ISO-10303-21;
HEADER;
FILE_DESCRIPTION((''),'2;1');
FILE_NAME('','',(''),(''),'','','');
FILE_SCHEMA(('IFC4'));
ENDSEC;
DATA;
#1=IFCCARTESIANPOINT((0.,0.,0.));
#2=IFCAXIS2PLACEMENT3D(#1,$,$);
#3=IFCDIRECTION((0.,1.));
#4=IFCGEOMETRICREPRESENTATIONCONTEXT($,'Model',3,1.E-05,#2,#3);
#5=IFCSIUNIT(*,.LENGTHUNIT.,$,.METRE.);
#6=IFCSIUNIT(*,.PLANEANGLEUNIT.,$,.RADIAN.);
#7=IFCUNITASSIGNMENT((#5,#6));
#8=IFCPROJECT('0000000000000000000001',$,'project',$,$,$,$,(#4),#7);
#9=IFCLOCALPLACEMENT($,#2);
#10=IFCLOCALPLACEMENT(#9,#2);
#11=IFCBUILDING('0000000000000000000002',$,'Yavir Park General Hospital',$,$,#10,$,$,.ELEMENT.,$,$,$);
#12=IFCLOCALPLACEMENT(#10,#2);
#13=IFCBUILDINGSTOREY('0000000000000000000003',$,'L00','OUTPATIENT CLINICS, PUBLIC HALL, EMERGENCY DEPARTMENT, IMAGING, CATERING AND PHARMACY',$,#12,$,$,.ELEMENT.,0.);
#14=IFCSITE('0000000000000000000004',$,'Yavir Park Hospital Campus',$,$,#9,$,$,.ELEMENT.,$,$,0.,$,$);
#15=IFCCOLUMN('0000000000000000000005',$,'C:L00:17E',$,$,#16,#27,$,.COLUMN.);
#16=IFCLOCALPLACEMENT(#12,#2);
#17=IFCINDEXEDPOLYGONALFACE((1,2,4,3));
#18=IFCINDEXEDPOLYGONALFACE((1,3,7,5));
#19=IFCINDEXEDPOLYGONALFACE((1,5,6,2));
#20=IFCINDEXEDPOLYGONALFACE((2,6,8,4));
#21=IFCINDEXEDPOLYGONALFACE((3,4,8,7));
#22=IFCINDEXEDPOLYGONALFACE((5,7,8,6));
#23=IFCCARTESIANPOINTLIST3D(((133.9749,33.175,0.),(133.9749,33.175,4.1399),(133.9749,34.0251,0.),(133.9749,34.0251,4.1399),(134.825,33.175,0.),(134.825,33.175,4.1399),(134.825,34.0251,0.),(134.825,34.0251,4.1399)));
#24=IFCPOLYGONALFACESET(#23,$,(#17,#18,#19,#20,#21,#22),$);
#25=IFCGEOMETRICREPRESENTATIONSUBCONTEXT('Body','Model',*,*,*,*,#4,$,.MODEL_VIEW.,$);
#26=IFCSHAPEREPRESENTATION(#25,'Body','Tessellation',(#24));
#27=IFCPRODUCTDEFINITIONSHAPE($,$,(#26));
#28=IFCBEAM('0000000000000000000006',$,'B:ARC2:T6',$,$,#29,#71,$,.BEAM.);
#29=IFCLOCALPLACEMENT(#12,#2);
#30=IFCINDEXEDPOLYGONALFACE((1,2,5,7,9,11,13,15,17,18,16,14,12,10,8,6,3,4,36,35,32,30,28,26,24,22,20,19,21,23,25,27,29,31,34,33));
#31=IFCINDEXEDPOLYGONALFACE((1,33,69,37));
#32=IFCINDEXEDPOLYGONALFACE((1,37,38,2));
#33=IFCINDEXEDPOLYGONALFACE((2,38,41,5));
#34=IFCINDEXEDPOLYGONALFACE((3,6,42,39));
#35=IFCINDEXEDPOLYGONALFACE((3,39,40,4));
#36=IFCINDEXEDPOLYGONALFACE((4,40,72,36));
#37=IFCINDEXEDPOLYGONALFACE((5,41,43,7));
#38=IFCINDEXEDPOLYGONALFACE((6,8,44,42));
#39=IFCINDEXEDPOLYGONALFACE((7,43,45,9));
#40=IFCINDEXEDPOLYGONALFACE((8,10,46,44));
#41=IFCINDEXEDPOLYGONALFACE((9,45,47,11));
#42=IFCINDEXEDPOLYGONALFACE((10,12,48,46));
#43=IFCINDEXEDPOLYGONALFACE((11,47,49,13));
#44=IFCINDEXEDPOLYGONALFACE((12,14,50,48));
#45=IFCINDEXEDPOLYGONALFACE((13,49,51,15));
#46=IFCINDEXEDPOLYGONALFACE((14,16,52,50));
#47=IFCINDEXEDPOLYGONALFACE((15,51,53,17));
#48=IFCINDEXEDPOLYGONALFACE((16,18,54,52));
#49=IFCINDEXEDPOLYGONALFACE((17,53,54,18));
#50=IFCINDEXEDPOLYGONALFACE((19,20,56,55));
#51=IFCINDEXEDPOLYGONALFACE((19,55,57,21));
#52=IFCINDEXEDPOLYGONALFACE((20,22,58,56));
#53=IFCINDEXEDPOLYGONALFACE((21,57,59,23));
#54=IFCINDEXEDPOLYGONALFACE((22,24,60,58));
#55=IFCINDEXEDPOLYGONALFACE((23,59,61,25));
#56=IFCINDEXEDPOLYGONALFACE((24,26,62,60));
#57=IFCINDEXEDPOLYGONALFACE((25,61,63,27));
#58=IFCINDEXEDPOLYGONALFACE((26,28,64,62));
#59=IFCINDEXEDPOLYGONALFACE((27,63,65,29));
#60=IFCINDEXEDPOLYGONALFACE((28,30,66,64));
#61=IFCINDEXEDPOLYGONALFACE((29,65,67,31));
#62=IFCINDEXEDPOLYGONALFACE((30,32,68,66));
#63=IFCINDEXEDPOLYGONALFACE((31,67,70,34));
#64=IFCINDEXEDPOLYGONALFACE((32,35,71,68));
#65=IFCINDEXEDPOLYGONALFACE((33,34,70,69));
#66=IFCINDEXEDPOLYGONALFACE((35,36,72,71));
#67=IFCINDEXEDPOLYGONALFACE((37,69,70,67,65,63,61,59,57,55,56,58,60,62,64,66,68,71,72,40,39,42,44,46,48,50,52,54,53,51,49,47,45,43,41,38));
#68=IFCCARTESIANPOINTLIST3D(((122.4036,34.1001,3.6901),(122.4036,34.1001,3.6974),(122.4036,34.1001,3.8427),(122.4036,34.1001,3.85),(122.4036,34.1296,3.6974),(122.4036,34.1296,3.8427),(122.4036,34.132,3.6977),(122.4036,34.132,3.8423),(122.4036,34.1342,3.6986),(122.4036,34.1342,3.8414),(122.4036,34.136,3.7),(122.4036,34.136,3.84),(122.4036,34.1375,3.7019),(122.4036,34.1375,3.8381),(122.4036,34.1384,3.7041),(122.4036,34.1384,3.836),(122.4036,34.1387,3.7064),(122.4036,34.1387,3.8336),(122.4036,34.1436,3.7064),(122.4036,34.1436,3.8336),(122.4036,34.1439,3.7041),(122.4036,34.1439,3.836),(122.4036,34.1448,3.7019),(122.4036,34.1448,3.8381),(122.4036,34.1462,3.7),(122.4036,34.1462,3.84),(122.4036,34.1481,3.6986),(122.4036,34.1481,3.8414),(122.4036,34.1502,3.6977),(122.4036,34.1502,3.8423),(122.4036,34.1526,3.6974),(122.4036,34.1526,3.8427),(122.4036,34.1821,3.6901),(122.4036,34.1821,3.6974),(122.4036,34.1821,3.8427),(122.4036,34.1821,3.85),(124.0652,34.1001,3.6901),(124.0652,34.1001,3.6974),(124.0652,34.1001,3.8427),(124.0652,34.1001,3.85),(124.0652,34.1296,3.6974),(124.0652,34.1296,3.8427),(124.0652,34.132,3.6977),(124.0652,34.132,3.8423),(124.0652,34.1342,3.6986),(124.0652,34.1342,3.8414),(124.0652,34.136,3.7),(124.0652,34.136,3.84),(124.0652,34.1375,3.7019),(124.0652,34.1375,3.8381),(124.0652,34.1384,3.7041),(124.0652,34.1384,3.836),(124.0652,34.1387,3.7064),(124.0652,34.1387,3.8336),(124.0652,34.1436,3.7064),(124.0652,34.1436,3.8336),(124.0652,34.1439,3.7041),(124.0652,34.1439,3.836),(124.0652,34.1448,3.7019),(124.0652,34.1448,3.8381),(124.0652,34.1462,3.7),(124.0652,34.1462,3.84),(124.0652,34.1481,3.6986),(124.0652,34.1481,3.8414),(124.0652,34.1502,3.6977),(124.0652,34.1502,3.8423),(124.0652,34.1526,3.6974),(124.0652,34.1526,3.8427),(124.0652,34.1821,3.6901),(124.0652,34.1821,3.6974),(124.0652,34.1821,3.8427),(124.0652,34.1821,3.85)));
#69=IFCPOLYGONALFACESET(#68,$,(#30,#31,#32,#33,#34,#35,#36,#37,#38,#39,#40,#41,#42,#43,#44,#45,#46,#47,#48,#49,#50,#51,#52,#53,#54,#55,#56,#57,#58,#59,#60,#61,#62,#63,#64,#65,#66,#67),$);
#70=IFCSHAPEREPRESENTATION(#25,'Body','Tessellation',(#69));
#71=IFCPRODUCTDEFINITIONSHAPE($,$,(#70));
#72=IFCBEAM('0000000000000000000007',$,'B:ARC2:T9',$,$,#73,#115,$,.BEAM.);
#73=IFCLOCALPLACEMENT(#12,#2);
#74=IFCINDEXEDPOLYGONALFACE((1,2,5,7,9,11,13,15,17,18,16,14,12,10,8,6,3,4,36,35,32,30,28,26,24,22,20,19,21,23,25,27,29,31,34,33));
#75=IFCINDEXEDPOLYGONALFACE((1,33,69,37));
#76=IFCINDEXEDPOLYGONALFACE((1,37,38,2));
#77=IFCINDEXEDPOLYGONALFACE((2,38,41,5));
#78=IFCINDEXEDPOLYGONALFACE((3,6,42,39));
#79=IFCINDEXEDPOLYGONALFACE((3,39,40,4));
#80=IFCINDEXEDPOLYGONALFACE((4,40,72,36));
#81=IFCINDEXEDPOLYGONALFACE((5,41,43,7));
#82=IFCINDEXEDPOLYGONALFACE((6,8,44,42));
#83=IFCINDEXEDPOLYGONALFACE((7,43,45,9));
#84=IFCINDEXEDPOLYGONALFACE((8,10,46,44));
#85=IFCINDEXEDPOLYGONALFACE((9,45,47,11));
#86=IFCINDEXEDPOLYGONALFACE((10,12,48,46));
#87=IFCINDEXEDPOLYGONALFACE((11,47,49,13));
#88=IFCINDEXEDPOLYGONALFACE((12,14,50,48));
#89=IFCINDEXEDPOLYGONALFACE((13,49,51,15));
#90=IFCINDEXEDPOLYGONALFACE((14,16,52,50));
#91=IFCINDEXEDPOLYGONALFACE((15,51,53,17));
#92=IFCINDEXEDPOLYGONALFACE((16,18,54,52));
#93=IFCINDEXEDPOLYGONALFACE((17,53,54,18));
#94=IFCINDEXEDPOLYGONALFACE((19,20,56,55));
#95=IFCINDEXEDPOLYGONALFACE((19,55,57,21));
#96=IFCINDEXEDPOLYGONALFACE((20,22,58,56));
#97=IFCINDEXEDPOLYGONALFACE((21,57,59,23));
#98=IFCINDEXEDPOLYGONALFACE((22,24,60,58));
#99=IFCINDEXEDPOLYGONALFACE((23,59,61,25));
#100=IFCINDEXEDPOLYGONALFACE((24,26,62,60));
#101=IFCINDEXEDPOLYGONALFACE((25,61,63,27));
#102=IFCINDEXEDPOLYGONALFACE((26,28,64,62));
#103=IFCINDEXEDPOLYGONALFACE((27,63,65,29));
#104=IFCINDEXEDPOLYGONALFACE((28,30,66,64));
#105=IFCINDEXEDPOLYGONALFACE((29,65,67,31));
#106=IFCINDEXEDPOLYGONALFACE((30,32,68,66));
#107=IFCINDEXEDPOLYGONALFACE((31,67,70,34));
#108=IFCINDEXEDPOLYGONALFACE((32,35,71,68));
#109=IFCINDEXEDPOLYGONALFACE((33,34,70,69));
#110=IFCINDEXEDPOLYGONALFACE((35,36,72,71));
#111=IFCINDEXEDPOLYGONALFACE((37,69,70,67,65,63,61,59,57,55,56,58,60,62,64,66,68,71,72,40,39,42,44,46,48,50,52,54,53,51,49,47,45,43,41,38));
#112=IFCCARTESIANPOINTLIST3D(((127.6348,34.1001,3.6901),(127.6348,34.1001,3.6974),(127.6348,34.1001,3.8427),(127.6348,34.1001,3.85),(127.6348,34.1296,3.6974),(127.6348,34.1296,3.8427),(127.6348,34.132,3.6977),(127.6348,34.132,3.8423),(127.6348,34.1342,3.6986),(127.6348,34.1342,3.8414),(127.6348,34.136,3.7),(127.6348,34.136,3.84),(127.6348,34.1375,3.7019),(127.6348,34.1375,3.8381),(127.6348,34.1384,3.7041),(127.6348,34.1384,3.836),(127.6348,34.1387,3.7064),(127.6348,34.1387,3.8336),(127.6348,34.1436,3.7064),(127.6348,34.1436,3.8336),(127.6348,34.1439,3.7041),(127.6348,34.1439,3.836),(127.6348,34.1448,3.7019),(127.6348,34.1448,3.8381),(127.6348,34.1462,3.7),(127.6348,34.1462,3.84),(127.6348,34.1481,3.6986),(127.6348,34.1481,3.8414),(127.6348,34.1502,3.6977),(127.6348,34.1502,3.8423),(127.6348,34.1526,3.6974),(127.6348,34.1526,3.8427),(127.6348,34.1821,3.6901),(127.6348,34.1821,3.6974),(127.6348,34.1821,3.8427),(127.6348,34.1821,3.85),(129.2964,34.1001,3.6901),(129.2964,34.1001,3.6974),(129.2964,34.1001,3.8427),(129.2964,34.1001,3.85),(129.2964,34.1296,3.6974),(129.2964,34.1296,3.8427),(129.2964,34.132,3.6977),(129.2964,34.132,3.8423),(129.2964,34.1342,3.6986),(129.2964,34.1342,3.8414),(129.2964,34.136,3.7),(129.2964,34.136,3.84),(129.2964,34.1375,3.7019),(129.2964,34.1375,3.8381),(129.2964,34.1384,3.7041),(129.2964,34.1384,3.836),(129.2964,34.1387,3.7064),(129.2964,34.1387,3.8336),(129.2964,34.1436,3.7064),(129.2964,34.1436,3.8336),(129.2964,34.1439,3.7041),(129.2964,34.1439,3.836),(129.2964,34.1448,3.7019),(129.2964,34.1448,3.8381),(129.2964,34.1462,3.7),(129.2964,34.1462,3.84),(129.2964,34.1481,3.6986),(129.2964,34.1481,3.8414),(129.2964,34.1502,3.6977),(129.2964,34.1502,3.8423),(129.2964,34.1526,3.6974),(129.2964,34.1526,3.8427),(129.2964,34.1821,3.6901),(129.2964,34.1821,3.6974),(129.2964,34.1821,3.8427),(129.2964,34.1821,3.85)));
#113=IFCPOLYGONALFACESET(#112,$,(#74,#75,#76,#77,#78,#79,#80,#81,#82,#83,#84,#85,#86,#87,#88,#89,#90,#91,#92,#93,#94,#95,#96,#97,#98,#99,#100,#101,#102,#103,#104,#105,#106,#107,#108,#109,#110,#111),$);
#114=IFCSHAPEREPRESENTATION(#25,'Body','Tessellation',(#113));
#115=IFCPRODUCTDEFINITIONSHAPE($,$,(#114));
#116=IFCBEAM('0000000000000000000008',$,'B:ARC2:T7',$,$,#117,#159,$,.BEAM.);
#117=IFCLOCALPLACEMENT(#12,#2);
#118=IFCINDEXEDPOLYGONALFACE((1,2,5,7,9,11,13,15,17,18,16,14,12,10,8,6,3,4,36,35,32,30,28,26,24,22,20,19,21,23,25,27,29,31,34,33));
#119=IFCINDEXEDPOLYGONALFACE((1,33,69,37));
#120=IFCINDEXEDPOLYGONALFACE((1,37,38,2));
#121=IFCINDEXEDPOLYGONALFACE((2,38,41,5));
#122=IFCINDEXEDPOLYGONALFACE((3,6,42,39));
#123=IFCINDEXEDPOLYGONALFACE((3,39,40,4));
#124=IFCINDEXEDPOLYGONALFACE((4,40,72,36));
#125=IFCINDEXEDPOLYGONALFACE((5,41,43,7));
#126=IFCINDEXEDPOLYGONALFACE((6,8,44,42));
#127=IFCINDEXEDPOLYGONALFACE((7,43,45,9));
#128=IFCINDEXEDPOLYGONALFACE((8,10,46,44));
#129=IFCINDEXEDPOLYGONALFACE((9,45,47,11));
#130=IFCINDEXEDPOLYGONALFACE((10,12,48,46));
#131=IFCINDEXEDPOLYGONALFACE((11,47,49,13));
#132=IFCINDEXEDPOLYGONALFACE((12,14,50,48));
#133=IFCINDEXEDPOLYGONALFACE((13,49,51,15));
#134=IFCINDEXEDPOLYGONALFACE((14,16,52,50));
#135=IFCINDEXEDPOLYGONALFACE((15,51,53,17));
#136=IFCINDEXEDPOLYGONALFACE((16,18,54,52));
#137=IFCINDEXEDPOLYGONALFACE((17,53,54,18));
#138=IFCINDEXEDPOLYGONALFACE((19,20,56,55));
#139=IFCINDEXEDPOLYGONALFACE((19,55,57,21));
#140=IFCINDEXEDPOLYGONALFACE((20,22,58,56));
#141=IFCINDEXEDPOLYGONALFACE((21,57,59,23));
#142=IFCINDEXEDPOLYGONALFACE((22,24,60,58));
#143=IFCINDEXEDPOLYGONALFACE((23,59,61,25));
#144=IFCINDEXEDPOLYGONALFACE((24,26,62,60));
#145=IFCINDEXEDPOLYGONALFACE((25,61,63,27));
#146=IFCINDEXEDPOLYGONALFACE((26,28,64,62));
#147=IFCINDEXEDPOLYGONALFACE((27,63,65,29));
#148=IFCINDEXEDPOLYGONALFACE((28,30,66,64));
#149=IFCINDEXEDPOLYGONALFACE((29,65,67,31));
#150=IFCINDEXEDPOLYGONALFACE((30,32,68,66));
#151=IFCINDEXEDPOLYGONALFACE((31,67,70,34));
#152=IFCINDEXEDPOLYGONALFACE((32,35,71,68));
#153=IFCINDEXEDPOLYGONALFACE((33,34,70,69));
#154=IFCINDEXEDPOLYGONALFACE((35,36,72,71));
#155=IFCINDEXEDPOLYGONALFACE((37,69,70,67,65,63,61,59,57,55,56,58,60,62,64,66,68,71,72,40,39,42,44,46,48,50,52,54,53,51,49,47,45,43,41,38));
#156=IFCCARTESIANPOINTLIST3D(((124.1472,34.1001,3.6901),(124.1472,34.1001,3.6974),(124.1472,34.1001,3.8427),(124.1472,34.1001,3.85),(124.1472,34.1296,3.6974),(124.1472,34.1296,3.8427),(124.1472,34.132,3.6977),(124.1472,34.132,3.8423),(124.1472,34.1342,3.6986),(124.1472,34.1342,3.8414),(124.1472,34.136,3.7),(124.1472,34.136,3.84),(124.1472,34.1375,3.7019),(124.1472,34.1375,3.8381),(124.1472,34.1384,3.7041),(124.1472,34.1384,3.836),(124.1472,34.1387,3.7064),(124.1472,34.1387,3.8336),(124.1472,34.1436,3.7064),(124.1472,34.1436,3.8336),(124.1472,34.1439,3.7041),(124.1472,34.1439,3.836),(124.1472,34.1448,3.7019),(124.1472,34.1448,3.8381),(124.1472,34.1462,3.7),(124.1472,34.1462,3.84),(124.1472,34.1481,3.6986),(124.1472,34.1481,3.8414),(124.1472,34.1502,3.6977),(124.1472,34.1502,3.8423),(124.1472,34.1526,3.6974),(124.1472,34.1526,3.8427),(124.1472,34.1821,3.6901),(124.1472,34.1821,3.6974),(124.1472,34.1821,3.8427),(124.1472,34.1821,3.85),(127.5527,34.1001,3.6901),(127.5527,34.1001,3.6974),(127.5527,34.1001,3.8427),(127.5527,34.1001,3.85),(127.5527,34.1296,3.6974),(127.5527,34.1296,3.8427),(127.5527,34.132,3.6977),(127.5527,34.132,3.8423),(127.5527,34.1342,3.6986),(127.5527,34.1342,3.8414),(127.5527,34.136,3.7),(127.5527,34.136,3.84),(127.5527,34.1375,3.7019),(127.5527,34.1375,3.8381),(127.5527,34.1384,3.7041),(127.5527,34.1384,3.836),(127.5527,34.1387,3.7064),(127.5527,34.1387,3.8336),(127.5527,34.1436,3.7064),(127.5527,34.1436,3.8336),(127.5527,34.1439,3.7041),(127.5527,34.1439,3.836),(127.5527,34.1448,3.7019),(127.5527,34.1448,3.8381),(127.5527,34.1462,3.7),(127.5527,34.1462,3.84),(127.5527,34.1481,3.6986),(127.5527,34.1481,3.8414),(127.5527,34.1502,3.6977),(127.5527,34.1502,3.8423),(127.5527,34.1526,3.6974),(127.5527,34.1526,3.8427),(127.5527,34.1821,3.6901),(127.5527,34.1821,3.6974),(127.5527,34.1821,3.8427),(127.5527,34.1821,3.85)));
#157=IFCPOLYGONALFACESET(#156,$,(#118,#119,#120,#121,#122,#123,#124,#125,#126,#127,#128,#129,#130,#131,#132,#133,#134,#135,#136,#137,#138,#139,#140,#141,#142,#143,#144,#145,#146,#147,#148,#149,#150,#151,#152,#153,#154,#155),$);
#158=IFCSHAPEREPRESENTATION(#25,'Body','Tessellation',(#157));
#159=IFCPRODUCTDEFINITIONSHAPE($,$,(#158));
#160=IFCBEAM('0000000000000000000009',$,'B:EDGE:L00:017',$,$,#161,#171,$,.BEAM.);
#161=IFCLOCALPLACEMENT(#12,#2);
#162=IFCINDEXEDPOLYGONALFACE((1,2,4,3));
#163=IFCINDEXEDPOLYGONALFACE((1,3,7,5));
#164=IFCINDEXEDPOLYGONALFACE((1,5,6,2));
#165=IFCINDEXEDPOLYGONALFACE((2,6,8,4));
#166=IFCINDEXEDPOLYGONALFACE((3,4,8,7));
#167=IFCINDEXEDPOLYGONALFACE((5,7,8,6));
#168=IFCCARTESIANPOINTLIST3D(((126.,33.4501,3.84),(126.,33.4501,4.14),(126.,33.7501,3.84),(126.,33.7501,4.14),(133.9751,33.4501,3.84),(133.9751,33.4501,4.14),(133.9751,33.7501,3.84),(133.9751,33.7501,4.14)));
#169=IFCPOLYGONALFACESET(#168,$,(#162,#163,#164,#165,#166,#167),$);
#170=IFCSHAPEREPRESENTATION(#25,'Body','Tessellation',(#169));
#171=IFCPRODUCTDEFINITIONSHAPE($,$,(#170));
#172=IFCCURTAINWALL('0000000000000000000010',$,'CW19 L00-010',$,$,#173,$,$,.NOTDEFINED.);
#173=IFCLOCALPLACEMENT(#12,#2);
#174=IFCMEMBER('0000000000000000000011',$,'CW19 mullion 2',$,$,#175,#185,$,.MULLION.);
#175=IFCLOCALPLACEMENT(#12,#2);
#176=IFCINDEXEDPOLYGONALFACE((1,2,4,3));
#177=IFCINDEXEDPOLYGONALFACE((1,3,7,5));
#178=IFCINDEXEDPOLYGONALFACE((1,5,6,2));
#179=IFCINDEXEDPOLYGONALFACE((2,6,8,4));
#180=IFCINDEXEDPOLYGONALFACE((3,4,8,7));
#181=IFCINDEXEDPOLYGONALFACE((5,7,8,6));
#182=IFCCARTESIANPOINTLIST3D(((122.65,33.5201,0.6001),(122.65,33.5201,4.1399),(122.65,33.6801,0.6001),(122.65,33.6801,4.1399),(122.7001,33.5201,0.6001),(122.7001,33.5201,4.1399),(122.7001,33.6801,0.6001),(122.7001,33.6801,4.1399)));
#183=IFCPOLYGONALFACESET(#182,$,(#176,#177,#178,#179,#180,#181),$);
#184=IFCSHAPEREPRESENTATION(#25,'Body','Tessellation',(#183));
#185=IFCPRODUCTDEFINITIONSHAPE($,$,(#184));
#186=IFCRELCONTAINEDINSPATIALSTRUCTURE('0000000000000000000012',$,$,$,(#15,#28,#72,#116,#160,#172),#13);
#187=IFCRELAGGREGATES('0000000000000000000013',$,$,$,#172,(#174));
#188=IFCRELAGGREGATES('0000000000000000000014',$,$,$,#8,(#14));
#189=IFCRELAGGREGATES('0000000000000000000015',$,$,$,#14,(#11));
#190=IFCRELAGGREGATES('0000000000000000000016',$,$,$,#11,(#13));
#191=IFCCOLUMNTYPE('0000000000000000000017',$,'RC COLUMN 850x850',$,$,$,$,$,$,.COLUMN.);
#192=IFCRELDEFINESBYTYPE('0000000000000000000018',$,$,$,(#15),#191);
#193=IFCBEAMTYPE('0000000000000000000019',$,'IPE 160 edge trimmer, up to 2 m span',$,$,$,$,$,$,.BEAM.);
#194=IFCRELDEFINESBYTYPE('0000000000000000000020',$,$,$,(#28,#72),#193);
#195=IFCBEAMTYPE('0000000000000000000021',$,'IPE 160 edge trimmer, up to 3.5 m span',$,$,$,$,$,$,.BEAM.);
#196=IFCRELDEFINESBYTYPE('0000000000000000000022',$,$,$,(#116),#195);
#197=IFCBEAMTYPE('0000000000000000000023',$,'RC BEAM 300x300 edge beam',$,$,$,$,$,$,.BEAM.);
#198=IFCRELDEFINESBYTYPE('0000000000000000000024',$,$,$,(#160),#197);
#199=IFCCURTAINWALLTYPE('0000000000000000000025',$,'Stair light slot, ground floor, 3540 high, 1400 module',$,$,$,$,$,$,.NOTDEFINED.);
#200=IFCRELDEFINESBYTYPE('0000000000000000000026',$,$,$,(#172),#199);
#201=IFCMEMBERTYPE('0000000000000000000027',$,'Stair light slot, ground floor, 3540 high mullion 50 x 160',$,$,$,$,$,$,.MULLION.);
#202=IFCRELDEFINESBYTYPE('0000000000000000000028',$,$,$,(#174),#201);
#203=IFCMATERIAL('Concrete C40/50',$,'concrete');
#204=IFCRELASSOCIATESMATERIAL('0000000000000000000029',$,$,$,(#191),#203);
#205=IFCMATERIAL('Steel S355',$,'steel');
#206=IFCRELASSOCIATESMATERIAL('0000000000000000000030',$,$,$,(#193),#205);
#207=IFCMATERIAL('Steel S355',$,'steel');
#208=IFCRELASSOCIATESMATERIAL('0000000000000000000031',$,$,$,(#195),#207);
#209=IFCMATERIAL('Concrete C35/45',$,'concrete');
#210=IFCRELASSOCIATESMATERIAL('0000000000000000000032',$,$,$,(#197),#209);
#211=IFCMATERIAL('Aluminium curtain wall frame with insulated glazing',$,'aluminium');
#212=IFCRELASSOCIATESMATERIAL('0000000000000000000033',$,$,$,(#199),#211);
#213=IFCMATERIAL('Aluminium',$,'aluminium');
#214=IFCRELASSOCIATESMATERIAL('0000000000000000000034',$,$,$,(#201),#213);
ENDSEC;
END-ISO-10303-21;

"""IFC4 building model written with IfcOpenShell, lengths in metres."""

from ifc_helpers import new_model, si_unit, direction, frame, origin, origin_2d, place, context, subcontext, project, spatial, rectangle, i_section, extrude, material, material_profile, profile_set, type_object, element, aggregate, save


model = new_model("IFC4")

# Units and contexts
model_context = context("Model", 3, precision=1e-05, world=origin(), true_north=direction((0.0, 1.0)))
body_context = subcontext(model_context, "Body", "Model", "MODEL_VIEW")
ifc_project = project(units=[si_unit("LENGTHUNIT", "METRE"), si_unit("PLANEANGLEUNIT", "RADIAN")], contexts=[model_context])

# Site, building, storey
site_placement = place(None, origin())
site = spatial("IfcSite", under=ifc_project, at=site_placement, Name="Yavir Park Hospital Campus", CompositionType="ELEMENT", RefElevation=0.0)
building_placement = place(site_placement, origin())
building = spatial("IfcBuilding", under=site, at=building_placement, Name="Yavir Park General Hospital", CompositionType="ELEMENT")
storey_placement = place(building_placement, origin())
storey = spatial("IfcBuildingStorey", under=building, at=storey_placement, Name="L00", Description="OUTPATIENT CLINICS, PUBLIC HALL, EMERGENCY DEPARTMENT, IMAGING, CATERING AND PHARMACY", CompositionType="ELEMENT", Elevation=0.0)

# Column
ifc_material_1 = material(Name="Concrete C40/50", Category="concrete")
ifc_material_profile_1 = material_profile(ifc_material_1, rectangle(XDim=0.8501, YDim=0.8501, at=origin_2d()), Name="RC850x850")
ifc_profile_set_1 = profile_set([ifc_material_profile_1], Name="Concrete C40/50")
column_type = type_object("IfcColumnType", Name="RC COLUMN 850x850", PredefinedType="COLUMN", material=ifc_profile_set_1)
column_placement = place(storey_placement, frame((134.3999, 33.6001, 0.0), z_axis=(0.0, 0.0, 1.0), x_axis=(1.0, 0.0, 0.0)))
element("IfcColumn", 1, at=column_placement, inside=storey, type_object=column_type, Name="C:L00:17E", PredefinedType="COLUMN", context=body_context, shape_type="SweptSolid", body=[
    extrude(rectangle(XDim=0.8501, YDim=0.8501, at=origin_2d()), origin(), (0.0, 0.0, 1.0), 4.1399),
])

# Beams
ifc_material_2 = material(Name="Steel S355", Category="steel")
ifc_material_profile_2 = material_profile(ifc_material_2, i_section(OverallWidth=0.082, OverallDepth=0.1599, WebThickness=0.0049, FlangeThickness=0.0073, FilletRadius=0.009, at=origin_2d()), Name="IPE160")
ifc_profile_set_2 = profile_set([ifc_material_profile_2], Name="Steel S355")
beam_type_1 = type_object("IfcBeamType", Name="IPE 160 edge trimmer, up to 2 m span", PredefinedType="BEAM", material=ifc_profile_set_2)
for number, where, z_axis, x_axis, name in (
    (2, (122.4036, 34.1411, 3.77), (1.0, 0.0, 0.0), (0.0, 1.0, 0.0), "B:ARC2:T6"),
    (3, (127.6348, 34.1411, 3.77), (1.0, 0.0, 0.0), (0.0, 1.0, 0.0), "B:ARC2:T9"),
):
    element("IfcBeam", number, at=place(storey_placement, frame(where, z_axis=z_axis, x_axis=x_axis)), inside=storey, type_object=beam_type_1, Name=name, PredefinedType="BEAM", context=body_context, shape_type="SweptSolid", body=[
        extrude(i_section(OverallWidth=0.082, OverallDepth=0.1599, WebThickness=0.0049, FlangeThickness=0.0073, FilletRadius=0.009, at=origin_2d()), origin(), (0.0, 0.0, 1.0), 1.6616),
    ])
ifc_material_3 = material(Name="Steel S355", Category="steel")
ifc_material_profile_3 = material_profile(ifc_material_3, i_section(OverallWidth=0.082, OverallDepth=0.1599, WebThickness=0.0049, FlangeThickness=0.0073, FilletRadius=0.009, at=origin_2d()), Name="IPE160")
ifc_profile_set_3 = profile_set([ifc_material_profile_3], Name="Steel S355")
beam_type_2 = type_object("IfcBeamType", Name="IPE 160 edge trimmer, up to 3.5 m span", PredefinedType="BEAM", material=ifc_profile_set_3)
beam_1_placement = place(storey_placement, frame((124.1472, 34.1411, 3.77), z_axis=(1.0, 0.0, 0.0), x_axis=(0.0, 1.0, 0.0)))
element("IfcBeam", 4, at=beam_1_placement, inside=storey, type_object=beam_type_2, Name="B:ARC2:T7", PredefinedType="BEAM", context=body_context, shape_type="SweptSolid", body=[
    extrude(i_section(OverallWidth=0.082, OverallDepth=0.1599, WebThickness=0.0049, FlangeThickness=0.0073, FilletRadius=0.009, at=origin_2d()), origin(), (0.0, 0.0, 1.0), 3.4055),
])
ifc_material_4 = material(Name="Concrete C35/45", Category="concrete")
ifc_material_profile_4 = material_profile(ifc_material_4, rectangle(XDim=0.3, YDim=0.3, at=origin_2d()), Name="RC300x300")
ifc_profile_set_4 = profile_set([ifc_material_profile_4], Name="Concrete C35/45")
beam_type_3 = type_object("IfcBeamType", Name="RC BEAM 300x300 edge beam", PredefinedType="BEAM", material=ifc_profile_set_4)
beam_2_placement = place(storey_placement, frame((126.0, 33.6001, 3.99), z_axis=(1.0, 0.0, 0.0), x_axis=(0.0, 1.0, 0.0)))
element("IfcBeam", 5, at=beam_2_placement, inside=storey, type_object=beam_type_3, Name="B:EDGE:L00:017", PredefinedType="BEAM", context=body_context, shape_type="SweptSolid", body=[
    extrude(rectangle(XDim=0.3, YDim=0.3, at=origin_2d()), origin(), (0.0, 0.0, 1.0), 7.9751),
])

# Curtain wall, member
ifc_material_5 = material(Name="Aluminium curtain wall frame with insulated glazing", Category="aluminium")
curtain_wall_type = type_object("IfcCurtainWallType", Name="Stair light slot, ground floor, 3540 high, 1400 module", PredefinedType="NOTDEFINED", material=ifc_material_5)
curtain_wall_placement = place(storey_placement, origin())
curtain_wall = element("IfcCurtainWall", 6, at=curtain_wall_placement, inside=storey, type_object=curtain_wall_type, Name="CW19 L00-010", PredefinedType="NOTDEFINED")
ifc_material_6 = material(Name="Aluminium", Category="aluminium")
ifc_material_profile_5 = material_profile(ifc_material_6, rectangle(XDim=0.1599, YDim=0.05, at=origin_2d()), Name="AL 50x160")
ifc_profile_set_5 = profile_set([ifc_material_profile_5], Name="Aluminium")
member_type = type_object("IfcMemberType", Name="Stair light slot, ground floor, 3540 high mullion 50 x 160", PredefinedType="MULLION", material=ifc_profile_set_5)
member_placement = place(storey_placement, frame((122.675, 33.6001, 0.6001), z_axis=(0.0, 0.0, 1.0), x_axis=(0.0, 1.0, 0.0)))
member = element("IfcMember", 7, at=member_placement, type_object=member_type, Name="CW19 mullion 2", PredefinedType="MULLION", context=body_context, shape_type="SweptSolid", body=[
    extrude(rectangle(XDim=0.1599, YDim=0.05, at=origin_2d()), origin(), (0.0, 0.0, 1.0), 3.5398),
])
aggregate(curtain_wall, [member])

save(model, "model.ifc")
